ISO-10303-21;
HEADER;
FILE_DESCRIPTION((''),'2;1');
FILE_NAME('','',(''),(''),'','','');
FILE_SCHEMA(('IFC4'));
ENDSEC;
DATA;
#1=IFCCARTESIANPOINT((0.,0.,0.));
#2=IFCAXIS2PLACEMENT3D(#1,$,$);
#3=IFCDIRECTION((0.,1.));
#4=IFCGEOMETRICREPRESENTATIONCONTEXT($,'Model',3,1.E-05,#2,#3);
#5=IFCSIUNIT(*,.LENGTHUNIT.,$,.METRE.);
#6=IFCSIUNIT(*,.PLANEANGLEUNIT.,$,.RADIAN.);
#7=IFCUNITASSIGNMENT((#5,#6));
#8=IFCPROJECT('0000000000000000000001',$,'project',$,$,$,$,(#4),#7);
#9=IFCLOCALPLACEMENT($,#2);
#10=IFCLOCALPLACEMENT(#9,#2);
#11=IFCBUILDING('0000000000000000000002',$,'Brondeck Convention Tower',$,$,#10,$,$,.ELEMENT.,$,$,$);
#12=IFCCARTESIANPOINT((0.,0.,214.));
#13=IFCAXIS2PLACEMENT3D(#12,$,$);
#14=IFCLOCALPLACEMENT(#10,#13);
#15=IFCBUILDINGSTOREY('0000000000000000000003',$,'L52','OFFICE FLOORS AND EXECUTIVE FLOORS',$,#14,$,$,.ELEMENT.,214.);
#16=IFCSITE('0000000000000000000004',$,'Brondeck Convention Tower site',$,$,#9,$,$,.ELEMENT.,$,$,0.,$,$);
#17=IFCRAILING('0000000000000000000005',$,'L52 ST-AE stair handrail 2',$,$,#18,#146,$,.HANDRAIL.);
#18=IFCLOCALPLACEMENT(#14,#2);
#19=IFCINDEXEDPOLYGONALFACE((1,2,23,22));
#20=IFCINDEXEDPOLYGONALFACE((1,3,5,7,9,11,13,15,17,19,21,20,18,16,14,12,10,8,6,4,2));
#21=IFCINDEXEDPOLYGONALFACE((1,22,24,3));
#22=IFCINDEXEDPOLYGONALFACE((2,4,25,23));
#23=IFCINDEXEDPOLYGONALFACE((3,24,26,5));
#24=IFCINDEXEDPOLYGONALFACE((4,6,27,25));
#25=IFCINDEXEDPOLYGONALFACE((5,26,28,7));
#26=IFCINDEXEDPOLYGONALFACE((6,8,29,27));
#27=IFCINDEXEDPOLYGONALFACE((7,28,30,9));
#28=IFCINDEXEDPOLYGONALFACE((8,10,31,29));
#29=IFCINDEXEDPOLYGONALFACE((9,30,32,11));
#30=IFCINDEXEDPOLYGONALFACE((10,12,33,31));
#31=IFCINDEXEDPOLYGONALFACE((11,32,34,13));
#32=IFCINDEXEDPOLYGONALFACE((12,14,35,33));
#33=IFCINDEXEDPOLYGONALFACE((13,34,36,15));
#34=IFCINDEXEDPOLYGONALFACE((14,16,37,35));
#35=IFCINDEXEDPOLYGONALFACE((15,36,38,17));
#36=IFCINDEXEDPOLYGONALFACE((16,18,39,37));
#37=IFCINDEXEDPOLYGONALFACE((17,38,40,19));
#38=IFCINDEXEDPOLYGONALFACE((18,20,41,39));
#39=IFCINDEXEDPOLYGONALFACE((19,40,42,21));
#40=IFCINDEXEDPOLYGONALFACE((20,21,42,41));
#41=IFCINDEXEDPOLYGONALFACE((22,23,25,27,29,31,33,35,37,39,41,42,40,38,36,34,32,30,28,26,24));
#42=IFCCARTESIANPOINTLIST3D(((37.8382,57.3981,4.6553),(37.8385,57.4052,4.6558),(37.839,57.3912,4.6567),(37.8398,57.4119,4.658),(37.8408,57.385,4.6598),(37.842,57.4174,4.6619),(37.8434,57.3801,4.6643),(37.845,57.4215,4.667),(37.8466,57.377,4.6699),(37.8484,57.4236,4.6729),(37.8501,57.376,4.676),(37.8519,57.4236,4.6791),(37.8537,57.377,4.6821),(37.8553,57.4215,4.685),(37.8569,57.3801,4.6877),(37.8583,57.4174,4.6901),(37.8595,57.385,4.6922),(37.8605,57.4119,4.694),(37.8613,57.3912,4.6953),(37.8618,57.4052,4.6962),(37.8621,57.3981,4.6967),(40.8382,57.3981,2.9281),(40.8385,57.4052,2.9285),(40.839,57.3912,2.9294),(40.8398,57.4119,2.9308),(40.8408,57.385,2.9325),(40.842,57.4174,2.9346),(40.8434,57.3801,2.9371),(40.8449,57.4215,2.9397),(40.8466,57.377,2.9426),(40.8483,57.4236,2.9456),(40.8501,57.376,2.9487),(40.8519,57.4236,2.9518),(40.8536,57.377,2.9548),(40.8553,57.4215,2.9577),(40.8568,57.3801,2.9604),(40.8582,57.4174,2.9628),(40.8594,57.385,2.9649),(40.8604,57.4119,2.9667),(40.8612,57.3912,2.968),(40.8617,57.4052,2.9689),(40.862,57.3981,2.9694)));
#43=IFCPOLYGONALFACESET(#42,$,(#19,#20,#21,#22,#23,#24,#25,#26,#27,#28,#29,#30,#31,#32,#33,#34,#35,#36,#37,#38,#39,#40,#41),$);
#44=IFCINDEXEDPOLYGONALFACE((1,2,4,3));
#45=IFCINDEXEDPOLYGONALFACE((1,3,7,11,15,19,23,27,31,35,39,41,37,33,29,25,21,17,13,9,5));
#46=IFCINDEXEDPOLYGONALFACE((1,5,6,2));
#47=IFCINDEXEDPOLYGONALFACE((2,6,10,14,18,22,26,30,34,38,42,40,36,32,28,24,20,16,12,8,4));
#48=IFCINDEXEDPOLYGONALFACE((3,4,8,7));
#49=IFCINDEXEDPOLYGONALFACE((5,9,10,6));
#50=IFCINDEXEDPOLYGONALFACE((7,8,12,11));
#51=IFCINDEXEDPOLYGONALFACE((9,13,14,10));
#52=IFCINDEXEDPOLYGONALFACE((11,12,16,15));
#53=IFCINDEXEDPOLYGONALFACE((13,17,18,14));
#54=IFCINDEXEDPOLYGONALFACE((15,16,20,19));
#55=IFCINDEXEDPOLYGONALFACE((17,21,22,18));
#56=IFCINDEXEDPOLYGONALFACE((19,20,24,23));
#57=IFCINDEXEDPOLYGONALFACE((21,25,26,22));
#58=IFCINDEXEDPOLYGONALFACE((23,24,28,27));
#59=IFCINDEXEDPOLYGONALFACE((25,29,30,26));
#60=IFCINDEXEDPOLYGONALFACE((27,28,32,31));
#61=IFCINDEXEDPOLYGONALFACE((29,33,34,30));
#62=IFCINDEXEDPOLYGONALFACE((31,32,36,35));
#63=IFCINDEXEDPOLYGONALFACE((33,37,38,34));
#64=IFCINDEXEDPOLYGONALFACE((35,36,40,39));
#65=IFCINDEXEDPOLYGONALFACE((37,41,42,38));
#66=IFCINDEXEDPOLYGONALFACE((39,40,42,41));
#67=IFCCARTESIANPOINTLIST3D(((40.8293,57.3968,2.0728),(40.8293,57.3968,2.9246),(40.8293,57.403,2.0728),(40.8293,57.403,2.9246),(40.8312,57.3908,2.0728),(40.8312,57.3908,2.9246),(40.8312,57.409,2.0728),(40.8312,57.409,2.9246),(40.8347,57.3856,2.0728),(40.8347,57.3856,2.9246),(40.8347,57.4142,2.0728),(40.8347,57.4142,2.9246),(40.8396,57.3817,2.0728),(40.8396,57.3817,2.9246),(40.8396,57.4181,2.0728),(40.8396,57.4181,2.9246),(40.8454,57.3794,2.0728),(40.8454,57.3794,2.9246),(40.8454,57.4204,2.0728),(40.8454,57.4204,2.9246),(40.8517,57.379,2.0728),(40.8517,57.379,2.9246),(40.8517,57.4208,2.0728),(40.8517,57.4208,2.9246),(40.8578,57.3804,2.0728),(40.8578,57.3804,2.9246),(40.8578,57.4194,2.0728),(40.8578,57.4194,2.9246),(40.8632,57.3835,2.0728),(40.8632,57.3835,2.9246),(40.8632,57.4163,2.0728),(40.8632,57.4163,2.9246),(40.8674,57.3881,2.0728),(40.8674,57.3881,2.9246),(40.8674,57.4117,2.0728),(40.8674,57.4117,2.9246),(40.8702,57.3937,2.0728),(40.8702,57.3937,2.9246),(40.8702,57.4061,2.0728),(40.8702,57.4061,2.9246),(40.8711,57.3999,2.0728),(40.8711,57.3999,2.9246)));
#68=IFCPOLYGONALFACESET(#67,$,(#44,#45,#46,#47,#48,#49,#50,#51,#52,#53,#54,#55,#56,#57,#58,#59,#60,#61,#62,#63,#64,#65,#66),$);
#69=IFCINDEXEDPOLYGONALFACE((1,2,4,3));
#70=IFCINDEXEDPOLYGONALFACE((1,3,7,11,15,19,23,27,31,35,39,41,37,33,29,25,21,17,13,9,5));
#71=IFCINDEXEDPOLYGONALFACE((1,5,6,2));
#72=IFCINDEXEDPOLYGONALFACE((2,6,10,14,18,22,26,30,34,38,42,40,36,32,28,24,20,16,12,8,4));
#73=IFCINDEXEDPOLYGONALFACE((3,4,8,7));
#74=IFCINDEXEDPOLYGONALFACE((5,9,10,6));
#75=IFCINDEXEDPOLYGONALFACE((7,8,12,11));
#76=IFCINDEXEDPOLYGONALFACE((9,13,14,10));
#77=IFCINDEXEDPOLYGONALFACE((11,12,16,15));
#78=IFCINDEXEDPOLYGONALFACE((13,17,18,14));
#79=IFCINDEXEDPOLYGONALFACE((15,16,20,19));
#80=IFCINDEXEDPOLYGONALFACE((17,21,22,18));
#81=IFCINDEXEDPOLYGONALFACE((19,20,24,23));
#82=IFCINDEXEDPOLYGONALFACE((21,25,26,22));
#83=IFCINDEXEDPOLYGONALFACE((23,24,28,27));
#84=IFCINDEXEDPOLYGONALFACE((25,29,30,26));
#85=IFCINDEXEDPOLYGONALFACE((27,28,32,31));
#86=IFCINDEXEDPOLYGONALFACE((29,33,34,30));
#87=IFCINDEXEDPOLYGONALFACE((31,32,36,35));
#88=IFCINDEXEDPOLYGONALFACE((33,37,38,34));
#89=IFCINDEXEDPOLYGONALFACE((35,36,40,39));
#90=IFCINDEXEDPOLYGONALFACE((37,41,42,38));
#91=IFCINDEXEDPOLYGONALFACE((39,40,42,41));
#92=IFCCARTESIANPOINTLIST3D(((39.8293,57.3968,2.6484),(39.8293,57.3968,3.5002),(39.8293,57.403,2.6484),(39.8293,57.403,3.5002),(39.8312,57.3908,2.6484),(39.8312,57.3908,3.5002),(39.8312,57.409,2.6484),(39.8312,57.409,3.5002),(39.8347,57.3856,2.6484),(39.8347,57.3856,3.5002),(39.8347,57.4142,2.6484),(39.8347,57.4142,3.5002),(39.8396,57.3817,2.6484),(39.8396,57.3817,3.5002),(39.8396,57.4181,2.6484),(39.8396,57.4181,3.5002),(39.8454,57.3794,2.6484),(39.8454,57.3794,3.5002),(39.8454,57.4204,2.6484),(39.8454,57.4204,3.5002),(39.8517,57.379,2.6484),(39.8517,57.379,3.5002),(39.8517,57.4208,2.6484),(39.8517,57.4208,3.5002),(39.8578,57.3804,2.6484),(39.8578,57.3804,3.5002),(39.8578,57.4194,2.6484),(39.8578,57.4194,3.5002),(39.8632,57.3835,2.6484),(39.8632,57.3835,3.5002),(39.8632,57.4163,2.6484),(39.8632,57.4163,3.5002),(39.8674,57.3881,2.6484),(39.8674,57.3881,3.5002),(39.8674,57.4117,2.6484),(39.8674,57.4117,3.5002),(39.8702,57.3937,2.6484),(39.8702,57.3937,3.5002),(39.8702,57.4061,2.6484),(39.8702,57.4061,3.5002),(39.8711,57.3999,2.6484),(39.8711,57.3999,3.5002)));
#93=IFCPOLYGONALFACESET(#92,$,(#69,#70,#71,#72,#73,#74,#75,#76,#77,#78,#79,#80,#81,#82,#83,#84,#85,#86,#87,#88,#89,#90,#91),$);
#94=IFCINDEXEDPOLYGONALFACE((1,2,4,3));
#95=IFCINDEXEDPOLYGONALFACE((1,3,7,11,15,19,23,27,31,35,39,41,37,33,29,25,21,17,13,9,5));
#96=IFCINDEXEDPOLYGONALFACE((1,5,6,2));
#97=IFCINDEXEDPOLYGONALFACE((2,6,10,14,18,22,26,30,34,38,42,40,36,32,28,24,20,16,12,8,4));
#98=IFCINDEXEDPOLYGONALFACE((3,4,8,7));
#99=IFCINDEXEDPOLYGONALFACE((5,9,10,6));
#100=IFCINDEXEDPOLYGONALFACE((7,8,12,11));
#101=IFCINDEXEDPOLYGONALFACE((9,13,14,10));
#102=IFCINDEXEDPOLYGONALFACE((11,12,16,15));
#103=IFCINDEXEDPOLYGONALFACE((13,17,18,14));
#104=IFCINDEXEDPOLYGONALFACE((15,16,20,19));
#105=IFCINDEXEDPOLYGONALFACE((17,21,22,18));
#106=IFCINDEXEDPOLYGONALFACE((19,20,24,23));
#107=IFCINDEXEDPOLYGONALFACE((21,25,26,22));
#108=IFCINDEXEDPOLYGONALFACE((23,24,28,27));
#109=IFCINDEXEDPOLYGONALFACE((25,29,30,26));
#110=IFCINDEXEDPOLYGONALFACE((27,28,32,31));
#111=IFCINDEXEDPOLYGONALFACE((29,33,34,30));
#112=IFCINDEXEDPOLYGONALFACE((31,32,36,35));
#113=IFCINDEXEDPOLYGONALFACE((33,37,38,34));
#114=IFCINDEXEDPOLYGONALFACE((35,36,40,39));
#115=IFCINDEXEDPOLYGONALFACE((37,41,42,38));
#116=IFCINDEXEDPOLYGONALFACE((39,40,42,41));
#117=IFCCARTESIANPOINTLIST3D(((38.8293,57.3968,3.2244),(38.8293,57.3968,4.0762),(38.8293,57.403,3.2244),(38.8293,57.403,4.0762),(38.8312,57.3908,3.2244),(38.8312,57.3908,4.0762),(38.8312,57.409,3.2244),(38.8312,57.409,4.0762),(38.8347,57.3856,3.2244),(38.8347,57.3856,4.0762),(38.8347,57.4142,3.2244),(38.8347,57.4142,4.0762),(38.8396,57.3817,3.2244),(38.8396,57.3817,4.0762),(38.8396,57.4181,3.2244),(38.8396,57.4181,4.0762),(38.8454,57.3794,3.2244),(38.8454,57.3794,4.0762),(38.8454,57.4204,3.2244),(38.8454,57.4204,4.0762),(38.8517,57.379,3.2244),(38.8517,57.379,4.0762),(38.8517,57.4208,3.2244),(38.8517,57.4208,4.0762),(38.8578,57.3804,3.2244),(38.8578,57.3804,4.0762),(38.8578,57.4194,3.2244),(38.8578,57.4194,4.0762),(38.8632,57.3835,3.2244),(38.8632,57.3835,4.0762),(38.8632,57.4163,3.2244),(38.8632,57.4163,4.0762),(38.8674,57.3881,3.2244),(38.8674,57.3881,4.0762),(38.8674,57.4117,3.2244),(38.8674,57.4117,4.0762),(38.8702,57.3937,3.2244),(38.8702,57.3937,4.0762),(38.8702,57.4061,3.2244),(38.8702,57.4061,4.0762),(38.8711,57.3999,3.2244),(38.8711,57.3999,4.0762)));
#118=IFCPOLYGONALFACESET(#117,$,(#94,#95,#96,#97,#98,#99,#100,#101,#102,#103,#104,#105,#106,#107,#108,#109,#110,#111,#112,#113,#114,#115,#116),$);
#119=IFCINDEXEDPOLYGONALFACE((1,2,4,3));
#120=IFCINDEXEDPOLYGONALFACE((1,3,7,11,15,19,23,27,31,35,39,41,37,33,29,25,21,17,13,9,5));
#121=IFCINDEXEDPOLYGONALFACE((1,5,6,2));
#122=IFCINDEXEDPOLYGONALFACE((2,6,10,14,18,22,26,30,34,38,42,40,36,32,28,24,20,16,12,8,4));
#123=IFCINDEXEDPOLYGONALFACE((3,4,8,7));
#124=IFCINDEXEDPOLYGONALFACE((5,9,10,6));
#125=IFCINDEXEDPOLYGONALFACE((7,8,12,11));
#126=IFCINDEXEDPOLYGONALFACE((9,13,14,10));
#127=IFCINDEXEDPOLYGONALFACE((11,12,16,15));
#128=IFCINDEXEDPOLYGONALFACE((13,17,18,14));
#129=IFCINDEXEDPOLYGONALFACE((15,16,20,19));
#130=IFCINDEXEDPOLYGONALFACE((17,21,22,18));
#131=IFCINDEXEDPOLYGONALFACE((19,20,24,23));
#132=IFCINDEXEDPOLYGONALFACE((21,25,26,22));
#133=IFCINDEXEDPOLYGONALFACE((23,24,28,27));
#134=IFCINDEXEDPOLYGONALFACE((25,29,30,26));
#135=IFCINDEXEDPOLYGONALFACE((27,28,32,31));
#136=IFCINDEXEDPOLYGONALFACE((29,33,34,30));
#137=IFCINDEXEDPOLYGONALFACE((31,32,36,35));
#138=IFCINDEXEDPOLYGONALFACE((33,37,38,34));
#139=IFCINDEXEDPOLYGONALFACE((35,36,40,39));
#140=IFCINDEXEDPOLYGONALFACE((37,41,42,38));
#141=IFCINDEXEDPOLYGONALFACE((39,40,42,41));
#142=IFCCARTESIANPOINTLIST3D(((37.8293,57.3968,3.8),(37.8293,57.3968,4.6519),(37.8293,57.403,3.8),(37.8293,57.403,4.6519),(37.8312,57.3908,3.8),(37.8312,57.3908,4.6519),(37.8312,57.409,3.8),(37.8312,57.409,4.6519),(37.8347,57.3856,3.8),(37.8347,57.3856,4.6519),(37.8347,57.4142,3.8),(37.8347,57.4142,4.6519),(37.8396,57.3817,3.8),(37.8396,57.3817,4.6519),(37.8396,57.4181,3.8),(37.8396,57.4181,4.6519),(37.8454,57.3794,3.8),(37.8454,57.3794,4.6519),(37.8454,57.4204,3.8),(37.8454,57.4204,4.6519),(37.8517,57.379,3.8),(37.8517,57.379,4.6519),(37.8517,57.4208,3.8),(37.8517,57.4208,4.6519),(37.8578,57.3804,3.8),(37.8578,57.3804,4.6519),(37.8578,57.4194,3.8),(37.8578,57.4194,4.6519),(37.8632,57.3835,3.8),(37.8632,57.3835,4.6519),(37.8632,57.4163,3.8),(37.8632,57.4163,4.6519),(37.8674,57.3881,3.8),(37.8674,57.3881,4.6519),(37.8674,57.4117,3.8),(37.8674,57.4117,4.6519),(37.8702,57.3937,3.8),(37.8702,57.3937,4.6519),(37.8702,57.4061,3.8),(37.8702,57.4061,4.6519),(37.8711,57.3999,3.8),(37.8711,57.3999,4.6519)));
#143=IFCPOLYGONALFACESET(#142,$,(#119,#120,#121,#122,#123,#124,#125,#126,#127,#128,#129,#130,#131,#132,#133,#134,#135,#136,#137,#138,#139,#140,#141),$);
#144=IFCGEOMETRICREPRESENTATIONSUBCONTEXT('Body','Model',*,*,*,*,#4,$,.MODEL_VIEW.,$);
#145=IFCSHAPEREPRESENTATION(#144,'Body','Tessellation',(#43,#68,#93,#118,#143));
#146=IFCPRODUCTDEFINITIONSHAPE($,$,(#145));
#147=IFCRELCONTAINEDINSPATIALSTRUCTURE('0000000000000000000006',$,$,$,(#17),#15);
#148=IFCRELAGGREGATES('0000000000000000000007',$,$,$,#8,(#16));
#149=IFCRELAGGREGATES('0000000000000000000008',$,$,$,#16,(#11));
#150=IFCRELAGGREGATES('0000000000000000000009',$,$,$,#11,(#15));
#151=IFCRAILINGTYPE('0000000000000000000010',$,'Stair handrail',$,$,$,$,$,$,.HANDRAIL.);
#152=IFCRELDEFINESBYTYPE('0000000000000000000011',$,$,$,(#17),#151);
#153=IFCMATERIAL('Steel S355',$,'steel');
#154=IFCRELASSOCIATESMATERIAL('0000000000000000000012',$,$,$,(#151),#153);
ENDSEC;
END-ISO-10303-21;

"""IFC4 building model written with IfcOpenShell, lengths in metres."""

from ifc_helpers import new_model, si_unit, direction, frame, origin, origin_2d, place, context, subcontext, project, spatial, circle, extrude, material, type_object, element, save


model = new_model("IFC4")

# Units and contexts
model_context = context("Model", 3, precision=1e-05, world=origin(), true_north=direction((0.0, 1.0)))
body_context = subcontext(model_context, "Body", "Model", "MODEL_VIEW")
ifc_project = project(units=[si_unit("LENGTHUNIT", "METRE"), si_unit("PLANEANGLEUNIT", "RADIAN")], contexts=[model_context])

# Site, building, storey
site_placement = place(None, origin())
site = spatial("IfcSite", under=ifc_project, at=site_placement, Name="Brondeck Convention Tower site", CompositionType="ELEMENT", RefElevation=0.0)
building_placement = place(site_placement, origin())
building = spatial("IfcBuilding", under=site, at=building_placement, Name="Brondeck Convention Tower", CompositionType="ELEMENT")
storey_placement = place(building_placement, frame((0.0, 0.0, 214.0)))
storey = spatial("IfcBuildingStorey", under=building, at=storey_placement, Name="L52", Description="OFFICE FLOORS AND EXECUTIVE FLOORS", CompositionType="ELEMENT", Elevation=214.0)

# Shared definitions
ifc_material_1 = material(Name="Steel S355", Category="steel")

# Railing
railing_type_1 = type_object("IfcRailingType", Name="Stair handrail", PredefinedType="HANDRAIL", material=ifc_material_1)
railing_1_placement = place(storey_placement, frame((40.8501, 57.3999, 2.0728)))
element("IfcRailing", 1, at=railing_1_placement, inside=storey, type_object=railing_type_1, Name="L52 ST-AE stair handrail 2", PredefinedType="HANDRAIL", context=body_context, shape_type="SweptSolid", body=[
    extrude(circle(Radius=0.0239, at=origin_2d()), frame((0.0, 0.0, 0.876), z_axis=(-0.86662, 0.0, 0.498969), x_axis=(0.0, -1.0, 0.0)), (0.0, 0.0, 1.0), 3.4617),
    extrude(circle(Radius=0.021, at=origin_2d()), origin(), (0.0, 0.0, 1.0), 0.8518),
    extrude(circle(Radius=0.021, at=origin_2d()), frame((-1.0, 0.0, 0.5757)), (0.0, 0.0, 1.0), 0.8518),
    extrude(circle(Radius=0.021, at=origin_2d()), frame((-2.0, 0.0, 1.1516)), (0.0, 0.0, 1.0), 0.8518),
    extrude(circle(Radius=0.021, at=origin_2d()), frame((-3.0, 0.0, 1.7273)), (0.0, 0.0, 1.0), 0.8518),
])

save(model, "model.ifc")
